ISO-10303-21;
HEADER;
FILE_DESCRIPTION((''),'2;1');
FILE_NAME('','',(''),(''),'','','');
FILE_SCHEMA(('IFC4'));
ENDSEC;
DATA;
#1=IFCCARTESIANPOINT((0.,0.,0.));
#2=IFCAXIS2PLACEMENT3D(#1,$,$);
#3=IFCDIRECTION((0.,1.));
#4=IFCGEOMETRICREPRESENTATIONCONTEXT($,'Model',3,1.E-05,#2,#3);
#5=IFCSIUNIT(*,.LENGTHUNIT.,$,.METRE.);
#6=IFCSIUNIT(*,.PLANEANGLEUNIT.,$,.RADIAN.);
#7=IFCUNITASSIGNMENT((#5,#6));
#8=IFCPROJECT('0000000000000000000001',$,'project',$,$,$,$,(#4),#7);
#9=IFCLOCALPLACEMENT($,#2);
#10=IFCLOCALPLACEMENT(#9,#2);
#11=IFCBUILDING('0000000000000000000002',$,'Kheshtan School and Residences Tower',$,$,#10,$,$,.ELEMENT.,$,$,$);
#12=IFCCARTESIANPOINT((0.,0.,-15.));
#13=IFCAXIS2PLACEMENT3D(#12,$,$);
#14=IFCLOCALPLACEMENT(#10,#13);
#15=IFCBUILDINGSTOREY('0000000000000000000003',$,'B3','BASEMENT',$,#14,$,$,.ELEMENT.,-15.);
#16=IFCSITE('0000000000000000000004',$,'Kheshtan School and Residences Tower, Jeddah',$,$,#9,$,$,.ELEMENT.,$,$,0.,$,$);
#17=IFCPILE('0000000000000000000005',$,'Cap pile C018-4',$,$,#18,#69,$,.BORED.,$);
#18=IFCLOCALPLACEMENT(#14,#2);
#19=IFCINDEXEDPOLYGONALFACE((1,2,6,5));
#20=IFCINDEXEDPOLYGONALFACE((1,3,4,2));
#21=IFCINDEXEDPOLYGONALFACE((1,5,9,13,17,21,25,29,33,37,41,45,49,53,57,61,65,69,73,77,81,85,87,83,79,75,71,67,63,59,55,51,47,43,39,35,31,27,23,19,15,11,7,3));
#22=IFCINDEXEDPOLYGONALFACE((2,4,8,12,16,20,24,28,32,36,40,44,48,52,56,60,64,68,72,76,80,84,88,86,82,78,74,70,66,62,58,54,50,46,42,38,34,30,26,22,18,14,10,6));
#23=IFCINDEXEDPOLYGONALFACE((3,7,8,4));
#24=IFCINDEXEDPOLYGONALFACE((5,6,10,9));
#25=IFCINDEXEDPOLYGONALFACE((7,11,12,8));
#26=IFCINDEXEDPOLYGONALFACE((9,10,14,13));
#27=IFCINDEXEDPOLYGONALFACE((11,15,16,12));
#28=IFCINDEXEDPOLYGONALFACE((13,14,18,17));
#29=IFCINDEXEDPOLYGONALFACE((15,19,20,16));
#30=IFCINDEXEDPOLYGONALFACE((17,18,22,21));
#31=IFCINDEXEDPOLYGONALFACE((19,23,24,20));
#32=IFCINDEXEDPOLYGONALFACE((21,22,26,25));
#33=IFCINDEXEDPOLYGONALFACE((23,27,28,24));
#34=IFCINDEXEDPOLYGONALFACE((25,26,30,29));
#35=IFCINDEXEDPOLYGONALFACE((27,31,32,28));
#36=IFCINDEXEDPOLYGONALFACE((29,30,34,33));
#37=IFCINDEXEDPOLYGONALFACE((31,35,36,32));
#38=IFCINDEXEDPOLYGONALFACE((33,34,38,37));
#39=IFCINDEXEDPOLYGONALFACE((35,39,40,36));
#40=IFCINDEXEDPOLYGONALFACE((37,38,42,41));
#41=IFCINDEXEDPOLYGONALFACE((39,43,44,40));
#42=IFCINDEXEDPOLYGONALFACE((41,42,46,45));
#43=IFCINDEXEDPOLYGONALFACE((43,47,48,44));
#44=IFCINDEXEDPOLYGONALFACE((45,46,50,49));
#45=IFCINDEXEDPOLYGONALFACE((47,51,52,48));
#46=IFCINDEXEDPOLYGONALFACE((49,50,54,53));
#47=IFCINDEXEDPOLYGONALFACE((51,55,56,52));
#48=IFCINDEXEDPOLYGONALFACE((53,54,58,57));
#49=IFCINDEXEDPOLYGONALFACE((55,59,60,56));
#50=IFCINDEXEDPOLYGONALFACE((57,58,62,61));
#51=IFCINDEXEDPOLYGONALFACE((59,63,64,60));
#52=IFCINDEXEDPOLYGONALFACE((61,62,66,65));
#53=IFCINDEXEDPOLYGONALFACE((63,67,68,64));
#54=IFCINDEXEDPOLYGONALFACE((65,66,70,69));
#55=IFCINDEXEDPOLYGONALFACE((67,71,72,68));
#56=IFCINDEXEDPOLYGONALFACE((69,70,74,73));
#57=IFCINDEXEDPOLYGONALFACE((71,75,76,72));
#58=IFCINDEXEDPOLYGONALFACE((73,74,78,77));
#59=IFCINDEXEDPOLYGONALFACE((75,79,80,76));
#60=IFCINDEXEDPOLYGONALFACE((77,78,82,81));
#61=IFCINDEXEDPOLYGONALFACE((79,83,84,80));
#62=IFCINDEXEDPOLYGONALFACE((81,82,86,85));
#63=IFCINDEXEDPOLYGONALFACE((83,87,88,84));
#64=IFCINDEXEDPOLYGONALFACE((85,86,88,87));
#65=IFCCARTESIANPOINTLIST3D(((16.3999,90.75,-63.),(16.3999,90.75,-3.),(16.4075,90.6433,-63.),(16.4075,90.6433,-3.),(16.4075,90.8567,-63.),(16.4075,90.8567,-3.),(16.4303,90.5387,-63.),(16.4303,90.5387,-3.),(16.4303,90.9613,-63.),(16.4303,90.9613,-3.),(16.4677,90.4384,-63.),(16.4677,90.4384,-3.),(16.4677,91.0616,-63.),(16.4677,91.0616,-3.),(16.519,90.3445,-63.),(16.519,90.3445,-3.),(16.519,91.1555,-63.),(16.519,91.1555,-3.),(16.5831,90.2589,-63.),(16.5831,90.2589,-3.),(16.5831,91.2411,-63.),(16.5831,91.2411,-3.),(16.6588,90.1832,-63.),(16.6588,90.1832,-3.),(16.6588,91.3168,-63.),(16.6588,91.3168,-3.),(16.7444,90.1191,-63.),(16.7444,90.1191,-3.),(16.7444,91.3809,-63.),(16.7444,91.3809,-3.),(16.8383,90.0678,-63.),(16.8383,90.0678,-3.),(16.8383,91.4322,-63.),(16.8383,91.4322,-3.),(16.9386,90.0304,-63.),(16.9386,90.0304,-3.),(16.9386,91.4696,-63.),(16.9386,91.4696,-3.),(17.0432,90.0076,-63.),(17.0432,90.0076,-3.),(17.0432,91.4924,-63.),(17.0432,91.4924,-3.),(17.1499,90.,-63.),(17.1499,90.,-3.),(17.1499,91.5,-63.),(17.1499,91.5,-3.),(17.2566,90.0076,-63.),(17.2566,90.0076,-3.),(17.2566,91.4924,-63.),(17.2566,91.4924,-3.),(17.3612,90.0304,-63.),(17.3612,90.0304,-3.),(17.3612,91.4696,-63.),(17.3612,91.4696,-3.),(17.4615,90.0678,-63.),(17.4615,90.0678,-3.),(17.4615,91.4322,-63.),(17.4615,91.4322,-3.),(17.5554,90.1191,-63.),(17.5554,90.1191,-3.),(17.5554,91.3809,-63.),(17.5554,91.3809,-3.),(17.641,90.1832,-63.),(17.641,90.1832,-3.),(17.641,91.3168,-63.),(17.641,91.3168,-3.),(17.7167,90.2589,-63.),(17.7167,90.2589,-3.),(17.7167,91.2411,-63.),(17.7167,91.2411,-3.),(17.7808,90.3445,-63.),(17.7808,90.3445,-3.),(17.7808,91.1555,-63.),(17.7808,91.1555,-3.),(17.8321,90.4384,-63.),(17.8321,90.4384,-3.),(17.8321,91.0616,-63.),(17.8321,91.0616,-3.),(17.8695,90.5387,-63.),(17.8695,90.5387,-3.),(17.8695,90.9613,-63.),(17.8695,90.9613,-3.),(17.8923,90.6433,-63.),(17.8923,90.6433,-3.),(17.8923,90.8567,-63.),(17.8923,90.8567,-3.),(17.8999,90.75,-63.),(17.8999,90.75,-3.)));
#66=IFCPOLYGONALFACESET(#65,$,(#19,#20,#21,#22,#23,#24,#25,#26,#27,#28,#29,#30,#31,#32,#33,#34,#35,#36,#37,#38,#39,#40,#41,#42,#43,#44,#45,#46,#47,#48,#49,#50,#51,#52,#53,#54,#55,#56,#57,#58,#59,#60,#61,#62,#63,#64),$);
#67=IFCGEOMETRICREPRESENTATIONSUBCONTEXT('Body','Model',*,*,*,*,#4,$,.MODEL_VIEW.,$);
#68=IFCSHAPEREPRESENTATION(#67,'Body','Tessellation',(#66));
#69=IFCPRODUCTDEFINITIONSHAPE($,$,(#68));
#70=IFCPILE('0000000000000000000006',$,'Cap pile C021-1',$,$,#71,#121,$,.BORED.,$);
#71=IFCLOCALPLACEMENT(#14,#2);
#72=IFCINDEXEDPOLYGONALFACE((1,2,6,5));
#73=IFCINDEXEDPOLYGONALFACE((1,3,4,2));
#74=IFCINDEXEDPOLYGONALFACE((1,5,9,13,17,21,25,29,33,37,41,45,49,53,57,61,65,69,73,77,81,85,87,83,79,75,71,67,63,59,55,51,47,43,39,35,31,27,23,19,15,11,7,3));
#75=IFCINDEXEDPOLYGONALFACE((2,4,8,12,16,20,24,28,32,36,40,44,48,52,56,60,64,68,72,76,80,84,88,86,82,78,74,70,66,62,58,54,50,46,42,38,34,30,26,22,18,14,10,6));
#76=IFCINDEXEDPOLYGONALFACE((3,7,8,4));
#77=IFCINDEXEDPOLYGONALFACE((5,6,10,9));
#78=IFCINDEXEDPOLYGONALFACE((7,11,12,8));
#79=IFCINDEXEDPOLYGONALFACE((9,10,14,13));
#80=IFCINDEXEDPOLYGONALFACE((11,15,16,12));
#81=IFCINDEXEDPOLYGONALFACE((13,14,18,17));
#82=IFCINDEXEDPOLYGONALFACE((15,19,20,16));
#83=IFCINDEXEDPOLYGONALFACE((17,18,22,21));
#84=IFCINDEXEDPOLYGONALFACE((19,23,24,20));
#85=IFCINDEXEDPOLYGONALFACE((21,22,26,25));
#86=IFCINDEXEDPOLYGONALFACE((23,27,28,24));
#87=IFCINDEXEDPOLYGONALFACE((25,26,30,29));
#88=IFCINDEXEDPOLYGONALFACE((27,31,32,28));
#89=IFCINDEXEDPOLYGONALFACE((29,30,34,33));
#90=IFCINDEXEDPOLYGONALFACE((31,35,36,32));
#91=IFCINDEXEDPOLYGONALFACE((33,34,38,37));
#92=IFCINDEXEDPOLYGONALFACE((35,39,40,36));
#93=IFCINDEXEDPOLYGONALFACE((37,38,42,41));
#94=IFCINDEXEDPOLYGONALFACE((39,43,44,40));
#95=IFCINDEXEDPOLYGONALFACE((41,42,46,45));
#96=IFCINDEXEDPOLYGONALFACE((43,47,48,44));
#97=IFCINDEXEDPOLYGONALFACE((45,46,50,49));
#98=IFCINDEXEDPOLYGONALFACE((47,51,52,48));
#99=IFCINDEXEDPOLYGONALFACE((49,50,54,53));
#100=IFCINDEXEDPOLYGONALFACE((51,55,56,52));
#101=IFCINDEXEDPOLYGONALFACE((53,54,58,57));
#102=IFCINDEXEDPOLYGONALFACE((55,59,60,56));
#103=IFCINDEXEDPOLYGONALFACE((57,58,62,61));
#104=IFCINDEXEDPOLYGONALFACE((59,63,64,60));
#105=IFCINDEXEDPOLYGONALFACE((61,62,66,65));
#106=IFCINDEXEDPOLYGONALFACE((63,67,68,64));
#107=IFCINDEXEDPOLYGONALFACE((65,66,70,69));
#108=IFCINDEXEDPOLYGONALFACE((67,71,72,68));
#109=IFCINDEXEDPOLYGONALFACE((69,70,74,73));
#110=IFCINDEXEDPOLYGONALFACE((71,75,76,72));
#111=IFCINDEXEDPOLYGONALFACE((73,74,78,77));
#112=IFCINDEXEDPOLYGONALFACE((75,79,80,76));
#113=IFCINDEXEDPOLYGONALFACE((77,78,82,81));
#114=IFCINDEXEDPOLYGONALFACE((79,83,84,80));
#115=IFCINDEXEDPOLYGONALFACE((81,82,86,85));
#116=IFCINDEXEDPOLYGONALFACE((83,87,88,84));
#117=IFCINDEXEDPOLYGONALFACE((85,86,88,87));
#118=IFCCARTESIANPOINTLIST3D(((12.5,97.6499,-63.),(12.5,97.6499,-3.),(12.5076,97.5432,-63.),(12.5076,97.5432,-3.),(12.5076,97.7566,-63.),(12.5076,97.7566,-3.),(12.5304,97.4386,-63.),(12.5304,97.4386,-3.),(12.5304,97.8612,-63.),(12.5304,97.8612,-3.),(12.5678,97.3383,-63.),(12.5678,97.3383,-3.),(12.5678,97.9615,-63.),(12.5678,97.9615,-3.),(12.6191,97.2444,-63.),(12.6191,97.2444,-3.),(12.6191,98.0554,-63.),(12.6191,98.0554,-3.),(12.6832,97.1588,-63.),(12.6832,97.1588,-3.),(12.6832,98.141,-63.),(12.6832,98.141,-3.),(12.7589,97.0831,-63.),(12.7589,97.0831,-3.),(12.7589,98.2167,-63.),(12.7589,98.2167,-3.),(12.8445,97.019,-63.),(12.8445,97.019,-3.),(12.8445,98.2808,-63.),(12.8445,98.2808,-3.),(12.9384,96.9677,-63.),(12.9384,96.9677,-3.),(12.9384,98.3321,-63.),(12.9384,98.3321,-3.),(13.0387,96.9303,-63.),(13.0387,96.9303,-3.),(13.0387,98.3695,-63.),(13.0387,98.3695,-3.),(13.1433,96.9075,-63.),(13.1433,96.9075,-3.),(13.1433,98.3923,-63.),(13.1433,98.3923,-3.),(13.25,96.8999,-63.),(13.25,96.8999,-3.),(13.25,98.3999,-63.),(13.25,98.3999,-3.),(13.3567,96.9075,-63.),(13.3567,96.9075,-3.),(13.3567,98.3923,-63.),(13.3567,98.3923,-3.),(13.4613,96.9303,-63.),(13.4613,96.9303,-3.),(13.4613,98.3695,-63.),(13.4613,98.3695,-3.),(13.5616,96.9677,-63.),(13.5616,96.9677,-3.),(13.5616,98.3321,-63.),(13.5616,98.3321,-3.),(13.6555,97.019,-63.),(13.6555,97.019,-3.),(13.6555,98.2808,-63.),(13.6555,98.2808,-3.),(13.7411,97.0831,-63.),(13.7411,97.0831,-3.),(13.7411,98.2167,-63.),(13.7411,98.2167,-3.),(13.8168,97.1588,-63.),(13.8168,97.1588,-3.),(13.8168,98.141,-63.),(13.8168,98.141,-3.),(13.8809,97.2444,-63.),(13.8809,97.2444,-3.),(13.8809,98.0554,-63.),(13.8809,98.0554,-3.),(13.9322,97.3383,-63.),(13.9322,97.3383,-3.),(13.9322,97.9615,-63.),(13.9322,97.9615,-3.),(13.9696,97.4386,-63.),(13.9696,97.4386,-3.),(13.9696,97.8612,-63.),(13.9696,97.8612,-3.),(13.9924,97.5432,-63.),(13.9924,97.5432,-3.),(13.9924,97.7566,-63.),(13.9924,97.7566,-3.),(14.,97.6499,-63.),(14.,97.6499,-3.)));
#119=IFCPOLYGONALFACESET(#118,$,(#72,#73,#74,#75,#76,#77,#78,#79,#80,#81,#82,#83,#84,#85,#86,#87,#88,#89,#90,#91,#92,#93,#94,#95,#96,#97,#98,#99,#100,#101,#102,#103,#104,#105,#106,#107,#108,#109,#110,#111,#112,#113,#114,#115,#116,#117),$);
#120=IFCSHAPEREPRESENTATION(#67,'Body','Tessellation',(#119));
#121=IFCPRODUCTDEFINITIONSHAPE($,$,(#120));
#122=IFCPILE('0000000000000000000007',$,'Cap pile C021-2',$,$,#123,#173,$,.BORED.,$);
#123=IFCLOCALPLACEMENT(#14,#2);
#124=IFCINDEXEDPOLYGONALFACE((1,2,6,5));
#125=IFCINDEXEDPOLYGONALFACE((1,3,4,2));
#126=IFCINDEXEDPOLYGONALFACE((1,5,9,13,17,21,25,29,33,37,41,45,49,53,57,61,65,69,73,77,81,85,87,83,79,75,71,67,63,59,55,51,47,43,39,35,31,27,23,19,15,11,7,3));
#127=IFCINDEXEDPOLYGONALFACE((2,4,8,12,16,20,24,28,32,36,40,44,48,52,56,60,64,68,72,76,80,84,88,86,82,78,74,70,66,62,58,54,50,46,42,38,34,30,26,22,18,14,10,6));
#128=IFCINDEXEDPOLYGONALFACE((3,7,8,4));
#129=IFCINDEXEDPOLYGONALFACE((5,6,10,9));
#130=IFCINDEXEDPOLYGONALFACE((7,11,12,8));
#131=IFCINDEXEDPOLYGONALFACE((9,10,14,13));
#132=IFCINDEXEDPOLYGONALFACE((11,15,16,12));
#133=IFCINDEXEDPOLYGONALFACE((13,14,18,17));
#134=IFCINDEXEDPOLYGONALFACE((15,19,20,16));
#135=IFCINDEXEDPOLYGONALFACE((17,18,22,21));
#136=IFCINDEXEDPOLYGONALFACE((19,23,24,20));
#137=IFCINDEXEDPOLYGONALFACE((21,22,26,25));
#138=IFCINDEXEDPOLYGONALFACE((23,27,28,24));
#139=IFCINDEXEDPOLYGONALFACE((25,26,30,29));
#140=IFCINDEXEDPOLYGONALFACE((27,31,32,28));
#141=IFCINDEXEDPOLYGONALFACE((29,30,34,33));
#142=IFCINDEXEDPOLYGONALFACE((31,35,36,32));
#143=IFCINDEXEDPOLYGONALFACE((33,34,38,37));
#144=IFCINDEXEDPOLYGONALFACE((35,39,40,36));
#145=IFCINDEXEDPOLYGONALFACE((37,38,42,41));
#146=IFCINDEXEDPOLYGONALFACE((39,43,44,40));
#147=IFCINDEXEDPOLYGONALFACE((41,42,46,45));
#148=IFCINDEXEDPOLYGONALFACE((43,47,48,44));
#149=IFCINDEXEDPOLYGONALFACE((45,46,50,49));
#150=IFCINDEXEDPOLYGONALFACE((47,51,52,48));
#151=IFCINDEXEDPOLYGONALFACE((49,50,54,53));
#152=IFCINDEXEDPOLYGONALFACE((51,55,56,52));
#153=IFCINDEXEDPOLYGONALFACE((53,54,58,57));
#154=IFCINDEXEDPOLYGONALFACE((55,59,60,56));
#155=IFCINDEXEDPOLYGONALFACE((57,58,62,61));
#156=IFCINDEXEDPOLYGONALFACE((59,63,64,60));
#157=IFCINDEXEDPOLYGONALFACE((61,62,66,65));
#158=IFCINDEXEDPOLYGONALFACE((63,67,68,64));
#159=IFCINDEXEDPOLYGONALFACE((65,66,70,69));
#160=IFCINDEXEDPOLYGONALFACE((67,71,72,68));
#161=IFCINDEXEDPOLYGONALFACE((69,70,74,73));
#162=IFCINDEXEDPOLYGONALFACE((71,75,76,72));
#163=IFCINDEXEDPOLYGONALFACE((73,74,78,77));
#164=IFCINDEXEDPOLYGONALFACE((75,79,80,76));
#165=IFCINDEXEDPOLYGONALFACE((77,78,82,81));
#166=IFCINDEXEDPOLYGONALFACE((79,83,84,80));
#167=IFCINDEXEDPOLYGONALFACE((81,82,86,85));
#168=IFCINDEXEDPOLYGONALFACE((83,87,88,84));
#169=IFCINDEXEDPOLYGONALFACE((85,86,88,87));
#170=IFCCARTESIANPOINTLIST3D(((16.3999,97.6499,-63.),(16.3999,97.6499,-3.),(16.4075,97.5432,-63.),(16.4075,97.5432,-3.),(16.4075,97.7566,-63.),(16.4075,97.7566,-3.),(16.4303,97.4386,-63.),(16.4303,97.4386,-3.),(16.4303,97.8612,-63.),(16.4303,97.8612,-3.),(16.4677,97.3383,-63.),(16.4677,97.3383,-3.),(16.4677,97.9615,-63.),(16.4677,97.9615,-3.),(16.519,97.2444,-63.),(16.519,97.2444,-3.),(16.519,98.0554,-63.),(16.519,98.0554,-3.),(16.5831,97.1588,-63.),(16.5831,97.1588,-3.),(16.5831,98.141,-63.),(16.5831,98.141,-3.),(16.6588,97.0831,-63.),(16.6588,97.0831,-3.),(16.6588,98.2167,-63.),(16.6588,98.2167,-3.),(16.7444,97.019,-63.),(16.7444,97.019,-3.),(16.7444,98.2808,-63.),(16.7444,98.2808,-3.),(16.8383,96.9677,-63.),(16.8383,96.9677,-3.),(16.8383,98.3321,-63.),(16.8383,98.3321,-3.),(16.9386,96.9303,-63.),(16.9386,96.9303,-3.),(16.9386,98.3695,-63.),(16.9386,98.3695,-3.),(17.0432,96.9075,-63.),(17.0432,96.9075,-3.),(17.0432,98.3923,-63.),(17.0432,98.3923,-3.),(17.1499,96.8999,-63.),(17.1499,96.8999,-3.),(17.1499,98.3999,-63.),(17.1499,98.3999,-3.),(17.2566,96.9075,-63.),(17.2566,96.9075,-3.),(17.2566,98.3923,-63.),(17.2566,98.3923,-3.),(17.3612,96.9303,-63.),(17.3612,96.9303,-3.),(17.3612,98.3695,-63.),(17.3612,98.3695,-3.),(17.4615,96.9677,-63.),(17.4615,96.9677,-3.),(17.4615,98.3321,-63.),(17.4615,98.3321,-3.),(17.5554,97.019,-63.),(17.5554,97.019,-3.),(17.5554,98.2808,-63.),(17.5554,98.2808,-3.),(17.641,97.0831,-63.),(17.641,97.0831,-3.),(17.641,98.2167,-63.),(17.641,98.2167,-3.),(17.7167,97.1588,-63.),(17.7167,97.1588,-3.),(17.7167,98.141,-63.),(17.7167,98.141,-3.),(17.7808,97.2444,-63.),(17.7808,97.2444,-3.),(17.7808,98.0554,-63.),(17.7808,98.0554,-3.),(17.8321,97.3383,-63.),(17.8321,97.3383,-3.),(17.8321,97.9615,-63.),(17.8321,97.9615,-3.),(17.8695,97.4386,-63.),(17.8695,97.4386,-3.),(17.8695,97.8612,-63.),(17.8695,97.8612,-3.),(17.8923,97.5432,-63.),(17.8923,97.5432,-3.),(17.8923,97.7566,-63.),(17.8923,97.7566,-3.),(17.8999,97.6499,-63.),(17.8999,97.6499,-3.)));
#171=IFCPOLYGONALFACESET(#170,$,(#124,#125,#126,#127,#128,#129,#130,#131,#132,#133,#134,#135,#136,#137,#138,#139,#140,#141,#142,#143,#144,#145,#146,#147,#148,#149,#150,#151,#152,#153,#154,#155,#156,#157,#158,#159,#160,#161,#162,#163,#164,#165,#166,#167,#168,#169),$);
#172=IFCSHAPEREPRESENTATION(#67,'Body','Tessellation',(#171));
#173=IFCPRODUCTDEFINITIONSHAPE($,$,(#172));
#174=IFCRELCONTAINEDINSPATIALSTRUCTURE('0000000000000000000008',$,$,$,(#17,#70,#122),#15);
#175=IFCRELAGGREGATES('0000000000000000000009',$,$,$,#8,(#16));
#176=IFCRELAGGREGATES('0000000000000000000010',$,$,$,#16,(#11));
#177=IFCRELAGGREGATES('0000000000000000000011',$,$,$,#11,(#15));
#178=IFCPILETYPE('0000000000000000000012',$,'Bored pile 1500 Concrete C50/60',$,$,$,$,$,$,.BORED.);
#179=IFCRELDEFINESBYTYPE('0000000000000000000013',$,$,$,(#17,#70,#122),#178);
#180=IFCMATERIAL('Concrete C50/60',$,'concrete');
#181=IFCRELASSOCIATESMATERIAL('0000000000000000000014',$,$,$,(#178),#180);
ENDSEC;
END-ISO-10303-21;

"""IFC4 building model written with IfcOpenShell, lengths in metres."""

from ifc_helpers import new_model, si_unit, direction, frame, origin, origin_2d, place, context, subcontext, project, spatial, circle, extrude, material, material_profile, profile_set, type_object, element, save


model = new_model("IFC4")

# Units and contexts
model_context = context("Model", 3, precision=1e-05, world=origin(), true_north=direction((0.0, 1.0)))
body_context = subcontext(model_context, "Body", "Model", "MODEL_VIEW")
ifc_project = project(units=[si_unit("LENGTHUNIT", "METRE"), si_unit("PLANEANGLEUNIT", "RADIAN")], contexts=[model_context])

# Site, building, storey
site_placement = place(None, origin())
site = spatial("IfcSite", under=ifc_project, at=site_placement, Name="Kheshtan School and Residences Tower, Jeddah", CompositionType="ELEMENT", RefElevation=0.0)
building_placement = place(site_placement, origin())
building = spatial("IfcBuilding", under=site, at=building_placement, Name="Kheshtan School and Residences Tower", CompositionType="ELEMENT")
storey_placement = place(building_placement, frame((0.0, 0.0, -15.0)))
storey = spatial("IfcBuildingStorey", under=building, at=storey_placement, Name="B3", Description="BASEMENT", CompositionType="ELEMENT", Elevation=-15.0)

# Piles
ifc_material_1 = material(Name="Concrete C50/60", Category="concrete")
ifc_material_profile_1 = material_profile(ifc_material_1, circle(Radius=0.75, at=origin_2d()), Name="BP 1500")
ifc_profile_set_1 = profile_set([ifc_material_profile_1], Name="Concrete C50/60")
pile_type_1 = type_object("IfcPileType", Name="Bored pile 1500 Concrete C50/60", PredefinedType="BORED", material=ifc_profile_set_1)
for number, where, z_axis, x_axis, name in (
    (1, (17.1499, 90.75, -3.0), (0.0, 0.0, -1.0), (1.0, 0.0, 0.0), "Cap pile C018-4"),
    (2, (13.25, 97.6499, -3.0), (0.0, 0.0, -1.0), (1.0, 0.0, 0.0), "Cap pile C021-1"),
    (3, (17.1499, 97.6499, -3.0), (0.0, 0.0, -1.0), (1.0, 0.0, 0.0), "Cap pile C021-2"),
):
    element("IfcPile", number, at=place(storey_placement, frame(where, z_axis=z_axis, x_axis=x_axis)), inside=storey, type_object=pile_type_1, Name=name, PredefinedType="BORED", context=body_context, shape_type="SweptSolid", body=[
        extrude(circle(Radius=0.75, at=origin_2d()), origin(), (0.0, 0.0, 1.0), 60.0),
    ])

save(model, "model.ifc")
